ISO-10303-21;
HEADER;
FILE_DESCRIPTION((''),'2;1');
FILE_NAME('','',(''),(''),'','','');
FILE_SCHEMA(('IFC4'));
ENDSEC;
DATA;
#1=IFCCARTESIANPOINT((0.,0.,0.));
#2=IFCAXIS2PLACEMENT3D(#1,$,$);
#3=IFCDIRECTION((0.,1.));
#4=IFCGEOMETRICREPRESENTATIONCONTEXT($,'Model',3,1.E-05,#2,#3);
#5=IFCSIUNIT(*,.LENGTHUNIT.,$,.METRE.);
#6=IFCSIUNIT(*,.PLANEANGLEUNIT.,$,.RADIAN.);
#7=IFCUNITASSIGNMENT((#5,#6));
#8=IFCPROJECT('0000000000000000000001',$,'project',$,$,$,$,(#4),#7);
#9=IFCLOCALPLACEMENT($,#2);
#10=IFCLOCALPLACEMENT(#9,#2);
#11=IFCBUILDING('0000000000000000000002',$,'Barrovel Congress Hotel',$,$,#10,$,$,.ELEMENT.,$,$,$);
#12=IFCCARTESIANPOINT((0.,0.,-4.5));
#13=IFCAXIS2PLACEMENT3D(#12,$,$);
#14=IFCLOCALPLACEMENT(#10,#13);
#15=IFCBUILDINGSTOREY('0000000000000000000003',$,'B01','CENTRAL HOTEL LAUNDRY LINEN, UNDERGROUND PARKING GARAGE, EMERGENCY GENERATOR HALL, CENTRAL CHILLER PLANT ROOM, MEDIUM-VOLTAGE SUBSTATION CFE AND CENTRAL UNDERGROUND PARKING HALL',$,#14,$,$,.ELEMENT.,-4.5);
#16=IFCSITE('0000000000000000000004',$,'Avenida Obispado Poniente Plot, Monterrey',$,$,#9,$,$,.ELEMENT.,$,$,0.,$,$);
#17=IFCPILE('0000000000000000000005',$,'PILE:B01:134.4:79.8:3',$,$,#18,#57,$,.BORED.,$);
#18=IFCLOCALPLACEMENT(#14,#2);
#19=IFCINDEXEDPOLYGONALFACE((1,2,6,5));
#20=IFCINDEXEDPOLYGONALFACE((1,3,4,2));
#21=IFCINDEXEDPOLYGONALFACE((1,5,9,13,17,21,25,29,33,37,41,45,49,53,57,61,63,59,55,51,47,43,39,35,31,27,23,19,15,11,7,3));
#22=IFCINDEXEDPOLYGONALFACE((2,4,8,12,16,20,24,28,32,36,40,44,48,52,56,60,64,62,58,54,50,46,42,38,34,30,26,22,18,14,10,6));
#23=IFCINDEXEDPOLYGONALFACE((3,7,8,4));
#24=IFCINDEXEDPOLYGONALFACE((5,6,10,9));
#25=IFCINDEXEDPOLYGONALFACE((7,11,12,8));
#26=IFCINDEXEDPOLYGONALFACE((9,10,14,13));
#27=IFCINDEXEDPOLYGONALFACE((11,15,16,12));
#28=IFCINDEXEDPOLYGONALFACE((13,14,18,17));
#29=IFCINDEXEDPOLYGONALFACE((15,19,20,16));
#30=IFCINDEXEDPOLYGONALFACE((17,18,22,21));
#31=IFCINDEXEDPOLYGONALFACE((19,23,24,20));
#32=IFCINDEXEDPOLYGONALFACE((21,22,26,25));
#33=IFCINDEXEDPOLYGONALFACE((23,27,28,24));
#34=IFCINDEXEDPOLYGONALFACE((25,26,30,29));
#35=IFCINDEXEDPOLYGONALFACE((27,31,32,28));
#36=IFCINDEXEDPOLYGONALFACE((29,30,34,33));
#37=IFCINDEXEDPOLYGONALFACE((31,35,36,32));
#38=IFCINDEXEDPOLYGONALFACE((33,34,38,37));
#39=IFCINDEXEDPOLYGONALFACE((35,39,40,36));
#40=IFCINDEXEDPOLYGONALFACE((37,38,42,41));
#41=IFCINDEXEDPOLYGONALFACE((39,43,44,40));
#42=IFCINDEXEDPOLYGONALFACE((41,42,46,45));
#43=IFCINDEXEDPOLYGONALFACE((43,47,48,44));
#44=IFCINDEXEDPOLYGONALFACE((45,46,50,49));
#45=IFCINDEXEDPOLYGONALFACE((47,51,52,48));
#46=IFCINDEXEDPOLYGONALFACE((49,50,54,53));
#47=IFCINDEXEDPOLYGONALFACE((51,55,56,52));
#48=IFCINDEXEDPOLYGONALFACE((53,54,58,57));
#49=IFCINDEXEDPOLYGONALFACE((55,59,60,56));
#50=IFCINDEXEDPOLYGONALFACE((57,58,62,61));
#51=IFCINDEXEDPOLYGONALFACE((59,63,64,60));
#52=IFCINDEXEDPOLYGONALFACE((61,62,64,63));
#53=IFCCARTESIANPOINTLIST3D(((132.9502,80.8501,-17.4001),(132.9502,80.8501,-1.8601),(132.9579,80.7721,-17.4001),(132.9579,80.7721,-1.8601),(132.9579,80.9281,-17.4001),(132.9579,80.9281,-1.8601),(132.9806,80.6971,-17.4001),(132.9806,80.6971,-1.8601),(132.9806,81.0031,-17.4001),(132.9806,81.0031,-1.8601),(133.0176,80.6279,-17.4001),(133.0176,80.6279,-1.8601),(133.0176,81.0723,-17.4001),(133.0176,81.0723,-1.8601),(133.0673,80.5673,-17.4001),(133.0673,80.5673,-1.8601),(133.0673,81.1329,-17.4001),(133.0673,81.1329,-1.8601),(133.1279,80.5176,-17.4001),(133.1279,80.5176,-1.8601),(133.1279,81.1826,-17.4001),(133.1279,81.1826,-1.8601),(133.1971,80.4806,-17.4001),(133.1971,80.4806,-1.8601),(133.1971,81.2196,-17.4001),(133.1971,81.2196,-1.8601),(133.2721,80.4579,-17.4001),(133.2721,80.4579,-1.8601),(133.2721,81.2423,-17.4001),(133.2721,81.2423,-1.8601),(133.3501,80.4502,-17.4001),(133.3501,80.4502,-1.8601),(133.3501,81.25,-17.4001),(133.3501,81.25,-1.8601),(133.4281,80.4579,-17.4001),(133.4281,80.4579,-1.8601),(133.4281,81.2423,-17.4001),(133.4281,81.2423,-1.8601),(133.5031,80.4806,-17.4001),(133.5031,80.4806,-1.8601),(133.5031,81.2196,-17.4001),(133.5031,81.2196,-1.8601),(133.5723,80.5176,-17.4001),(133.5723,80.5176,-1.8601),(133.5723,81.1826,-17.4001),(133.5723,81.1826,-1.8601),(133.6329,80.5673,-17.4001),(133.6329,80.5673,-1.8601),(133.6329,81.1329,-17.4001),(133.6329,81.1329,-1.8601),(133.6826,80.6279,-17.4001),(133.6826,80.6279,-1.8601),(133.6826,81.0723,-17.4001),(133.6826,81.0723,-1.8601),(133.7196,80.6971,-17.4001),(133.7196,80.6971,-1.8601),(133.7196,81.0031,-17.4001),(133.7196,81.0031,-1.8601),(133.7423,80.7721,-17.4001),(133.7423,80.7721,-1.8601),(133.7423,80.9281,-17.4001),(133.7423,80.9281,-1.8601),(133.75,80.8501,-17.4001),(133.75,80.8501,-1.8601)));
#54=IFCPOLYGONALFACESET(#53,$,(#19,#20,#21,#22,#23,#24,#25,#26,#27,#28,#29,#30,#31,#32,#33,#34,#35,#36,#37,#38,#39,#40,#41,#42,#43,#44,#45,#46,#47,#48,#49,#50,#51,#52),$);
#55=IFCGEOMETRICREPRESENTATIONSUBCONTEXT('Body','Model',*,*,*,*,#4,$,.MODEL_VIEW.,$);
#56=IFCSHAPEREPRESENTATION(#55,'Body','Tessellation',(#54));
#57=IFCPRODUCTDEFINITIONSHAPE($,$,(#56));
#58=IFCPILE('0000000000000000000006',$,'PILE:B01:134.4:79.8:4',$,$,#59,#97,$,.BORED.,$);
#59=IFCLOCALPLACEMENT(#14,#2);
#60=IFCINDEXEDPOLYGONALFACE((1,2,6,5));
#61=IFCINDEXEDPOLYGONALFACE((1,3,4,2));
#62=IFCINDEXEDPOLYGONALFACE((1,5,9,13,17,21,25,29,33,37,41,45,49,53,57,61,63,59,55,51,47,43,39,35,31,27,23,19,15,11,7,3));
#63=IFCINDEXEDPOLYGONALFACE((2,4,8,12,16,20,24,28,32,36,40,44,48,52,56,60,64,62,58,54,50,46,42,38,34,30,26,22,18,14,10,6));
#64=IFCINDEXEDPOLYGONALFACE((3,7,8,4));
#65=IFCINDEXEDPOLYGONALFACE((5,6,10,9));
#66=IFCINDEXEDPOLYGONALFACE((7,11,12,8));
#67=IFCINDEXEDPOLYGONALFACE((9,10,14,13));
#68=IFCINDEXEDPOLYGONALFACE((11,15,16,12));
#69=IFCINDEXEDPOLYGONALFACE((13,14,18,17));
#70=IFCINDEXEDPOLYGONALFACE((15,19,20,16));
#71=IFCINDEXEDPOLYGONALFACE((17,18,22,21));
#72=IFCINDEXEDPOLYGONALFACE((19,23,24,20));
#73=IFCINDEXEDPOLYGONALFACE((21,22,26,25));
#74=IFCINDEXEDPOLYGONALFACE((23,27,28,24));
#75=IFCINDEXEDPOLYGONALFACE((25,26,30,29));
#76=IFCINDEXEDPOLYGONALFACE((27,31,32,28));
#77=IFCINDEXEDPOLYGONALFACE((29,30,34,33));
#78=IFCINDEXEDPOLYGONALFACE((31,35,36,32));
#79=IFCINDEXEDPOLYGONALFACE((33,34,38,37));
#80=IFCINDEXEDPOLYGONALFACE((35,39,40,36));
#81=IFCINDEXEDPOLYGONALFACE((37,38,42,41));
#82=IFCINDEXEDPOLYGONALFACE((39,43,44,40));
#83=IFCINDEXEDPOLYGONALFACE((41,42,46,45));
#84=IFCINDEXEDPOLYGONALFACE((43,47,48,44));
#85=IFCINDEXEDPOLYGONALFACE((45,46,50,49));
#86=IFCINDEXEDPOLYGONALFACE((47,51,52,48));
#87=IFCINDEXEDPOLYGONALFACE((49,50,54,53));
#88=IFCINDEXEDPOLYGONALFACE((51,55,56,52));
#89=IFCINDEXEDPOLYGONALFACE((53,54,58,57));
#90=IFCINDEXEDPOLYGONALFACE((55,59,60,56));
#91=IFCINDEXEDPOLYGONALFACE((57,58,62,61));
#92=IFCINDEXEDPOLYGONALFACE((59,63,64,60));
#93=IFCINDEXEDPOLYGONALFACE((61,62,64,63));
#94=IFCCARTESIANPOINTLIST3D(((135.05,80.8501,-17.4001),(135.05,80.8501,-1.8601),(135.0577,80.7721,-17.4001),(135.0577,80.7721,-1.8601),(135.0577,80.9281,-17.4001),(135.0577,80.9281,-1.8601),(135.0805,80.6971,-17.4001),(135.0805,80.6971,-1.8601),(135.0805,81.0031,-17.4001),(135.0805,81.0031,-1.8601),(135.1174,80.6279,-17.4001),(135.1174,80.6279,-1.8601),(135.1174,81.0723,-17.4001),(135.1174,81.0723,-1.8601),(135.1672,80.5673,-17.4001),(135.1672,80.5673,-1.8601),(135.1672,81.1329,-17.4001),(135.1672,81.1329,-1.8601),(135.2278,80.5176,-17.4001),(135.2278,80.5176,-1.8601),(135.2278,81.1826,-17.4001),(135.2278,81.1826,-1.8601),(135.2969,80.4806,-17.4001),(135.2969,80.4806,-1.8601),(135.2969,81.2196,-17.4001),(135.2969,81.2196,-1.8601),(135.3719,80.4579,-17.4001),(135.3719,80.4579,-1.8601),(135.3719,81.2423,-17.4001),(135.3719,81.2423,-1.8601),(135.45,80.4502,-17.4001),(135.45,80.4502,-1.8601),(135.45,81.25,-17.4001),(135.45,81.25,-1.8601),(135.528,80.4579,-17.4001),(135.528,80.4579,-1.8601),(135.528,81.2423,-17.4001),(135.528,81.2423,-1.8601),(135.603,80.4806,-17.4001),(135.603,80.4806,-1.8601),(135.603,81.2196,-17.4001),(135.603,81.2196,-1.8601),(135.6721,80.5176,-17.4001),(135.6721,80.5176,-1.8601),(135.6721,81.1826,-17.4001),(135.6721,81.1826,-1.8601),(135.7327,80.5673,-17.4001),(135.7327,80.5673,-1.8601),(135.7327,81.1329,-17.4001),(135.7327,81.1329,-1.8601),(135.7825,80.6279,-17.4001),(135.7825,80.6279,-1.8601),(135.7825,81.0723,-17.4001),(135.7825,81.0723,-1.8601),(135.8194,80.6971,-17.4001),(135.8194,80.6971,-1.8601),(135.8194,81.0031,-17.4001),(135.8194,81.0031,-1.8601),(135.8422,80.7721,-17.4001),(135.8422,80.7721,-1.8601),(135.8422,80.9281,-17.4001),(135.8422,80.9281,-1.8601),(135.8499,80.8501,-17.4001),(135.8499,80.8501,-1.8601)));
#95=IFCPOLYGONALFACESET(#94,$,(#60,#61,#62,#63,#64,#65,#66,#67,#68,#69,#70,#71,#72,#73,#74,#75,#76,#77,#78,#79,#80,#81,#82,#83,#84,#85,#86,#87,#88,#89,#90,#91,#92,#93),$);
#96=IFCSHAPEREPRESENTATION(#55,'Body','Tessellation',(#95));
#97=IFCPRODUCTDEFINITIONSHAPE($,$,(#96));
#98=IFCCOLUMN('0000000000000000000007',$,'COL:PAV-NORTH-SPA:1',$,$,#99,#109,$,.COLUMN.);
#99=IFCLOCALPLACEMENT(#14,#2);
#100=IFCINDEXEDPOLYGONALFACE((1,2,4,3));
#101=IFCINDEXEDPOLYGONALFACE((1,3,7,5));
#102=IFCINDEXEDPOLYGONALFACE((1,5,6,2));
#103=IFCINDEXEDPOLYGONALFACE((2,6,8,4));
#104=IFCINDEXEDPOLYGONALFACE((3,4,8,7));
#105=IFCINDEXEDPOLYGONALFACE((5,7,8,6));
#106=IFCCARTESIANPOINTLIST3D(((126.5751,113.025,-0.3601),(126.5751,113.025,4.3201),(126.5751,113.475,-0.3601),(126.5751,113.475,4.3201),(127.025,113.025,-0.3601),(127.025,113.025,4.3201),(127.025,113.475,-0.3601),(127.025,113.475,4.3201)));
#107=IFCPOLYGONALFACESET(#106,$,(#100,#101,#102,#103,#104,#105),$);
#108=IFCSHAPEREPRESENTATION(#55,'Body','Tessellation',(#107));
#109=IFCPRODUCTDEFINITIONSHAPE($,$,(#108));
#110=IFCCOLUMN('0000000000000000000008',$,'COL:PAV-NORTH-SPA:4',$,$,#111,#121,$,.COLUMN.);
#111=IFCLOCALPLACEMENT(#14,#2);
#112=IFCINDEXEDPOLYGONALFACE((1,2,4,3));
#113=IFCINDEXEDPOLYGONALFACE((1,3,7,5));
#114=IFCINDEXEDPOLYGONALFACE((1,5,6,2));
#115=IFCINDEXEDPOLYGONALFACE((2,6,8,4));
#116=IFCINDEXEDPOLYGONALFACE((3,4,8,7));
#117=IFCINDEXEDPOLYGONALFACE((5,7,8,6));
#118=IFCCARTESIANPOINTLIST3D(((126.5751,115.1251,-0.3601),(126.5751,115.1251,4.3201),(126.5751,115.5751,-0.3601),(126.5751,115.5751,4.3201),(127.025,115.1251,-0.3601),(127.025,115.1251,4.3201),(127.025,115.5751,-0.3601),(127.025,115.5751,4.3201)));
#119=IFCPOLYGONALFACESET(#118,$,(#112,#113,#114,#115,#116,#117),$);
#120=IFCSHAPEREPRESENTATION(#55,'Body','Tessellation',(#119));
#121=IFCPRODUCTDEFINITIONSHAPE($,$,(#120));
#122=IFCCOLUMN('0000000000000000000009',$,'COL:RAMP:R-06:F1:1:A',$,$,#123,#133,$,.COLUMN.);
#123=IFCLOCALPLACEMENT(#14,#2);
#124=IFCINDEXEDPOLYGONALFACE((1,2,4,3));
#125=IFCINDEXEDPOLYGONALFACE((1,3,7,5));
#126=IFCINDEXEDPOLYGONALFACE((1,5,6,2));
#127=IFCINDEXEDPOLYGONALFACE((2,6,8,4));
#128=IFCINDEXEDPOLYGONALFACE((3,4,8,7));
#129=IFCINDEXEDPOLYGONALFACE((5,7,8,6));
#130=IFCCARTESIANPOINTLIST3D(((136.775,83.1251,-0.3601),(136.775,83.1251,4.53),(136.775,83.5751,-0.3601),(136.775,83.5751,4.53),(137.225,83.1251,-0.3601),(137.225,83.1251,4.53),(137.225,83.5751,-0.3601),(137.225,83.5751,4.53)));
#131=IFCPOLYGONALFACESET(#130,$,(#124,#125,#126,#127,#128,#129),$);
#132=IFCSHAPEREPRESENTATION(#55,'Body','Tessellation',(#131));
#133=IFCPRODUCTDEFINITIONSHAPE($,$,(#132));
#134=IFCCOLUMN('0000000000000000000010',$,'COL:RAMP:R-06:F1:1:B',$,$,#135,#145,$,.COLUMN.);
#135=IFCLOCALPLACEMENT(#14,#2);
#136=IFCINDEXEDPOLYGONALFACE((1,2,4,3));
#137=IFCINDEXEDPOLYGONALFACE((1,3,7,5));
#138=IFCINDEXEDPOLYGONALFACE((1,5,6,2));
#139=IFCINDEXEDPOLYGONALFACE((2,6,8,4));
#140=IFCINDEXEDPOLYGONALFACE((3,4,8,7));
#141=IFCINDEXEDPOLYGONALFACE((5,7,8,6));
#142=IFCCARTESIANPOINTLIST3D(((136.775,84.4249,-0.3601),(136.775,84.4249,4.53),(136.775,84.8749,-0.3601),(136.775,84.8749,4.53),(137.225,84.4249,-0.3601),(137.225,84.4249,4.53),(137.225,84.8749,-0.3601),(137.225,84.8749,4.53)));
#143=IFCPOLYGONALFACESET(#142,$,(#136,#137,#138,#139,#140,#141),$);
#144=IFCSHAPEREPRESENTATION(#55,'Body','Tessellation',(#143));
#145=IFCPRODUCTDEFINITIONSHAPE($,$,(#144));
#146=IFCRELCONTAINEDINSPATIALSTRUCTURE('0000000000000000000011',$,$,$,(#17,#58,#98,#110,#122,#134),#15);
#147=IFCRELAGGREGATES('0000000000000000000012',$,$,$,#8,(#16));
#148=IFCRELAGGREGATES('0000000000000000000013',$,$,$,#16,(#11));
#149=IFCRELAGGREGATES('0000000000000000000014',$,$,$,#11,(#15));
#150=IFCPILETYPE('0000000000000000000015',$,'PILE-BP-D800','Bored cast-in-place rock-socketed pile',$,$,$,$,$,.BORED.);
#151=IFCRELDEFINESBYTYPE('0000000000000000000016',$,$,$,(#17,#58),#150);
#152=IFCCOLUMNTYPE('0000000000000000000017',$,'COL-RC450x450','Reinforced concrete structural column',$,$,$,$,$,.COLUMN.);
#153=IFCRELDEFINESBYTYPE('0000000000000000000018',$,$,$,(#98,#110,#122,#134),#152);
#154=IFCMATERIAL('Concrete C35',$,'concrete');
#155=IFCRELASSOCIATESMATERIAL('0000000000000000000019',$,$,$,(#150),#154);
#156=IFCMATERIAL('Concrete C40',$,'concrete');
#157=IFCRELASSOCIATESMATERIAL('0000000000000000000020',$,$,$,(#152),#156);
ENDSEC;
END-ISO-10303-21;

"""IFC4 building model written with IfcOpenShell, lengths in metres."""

from ifc_helpers import new_model, si_unit, direction, frame, origin, origin_2d, place, context, subcontext, project, spatial, rectangle, circle, extrude, material, material_profile, profile_set, type_object, element, save


model = new_model("IFC4")

# Units and contexts
model_context = context("Model", 3, precision=1e-05, world=origin(), true_north=direction((0.0, 1.0)))
body_context = subcontext(model_context, "Body", "Model", "MODEL_VIEW")
ifc_project = project(units=[si_unit("LENGTHUNIT", "METRE"), si_unit("PLANEANGLEUNIT", "RADIAN")], contexts=[model_context])

# Site, building, storey
site_placement = place(None, origin())
site = spatial("IfcSite", under=ifc_project, at=site_placement, Name="Avenida Obispado Poniente Plot, Monterrey", CompositionType="ELEMENT", RefElevation=0.0)
building_placement = place(site_placement, origin())
building = spatial("IfcBuilding", under=site, at=building_placement, Name="Barrovel Congress Hotel", CompositionType="ELEMENT")
storey_placement = place(building_placement, frame((0.0, 0.0, -4.5)))
storey = spatial("IfcBuildingStorey", under=building, at=storey_placement, Name="B01", Description="CENTRAL HOTEL LAUNDRY LINEN, UNDERGROUND PARKING GARAGE, EMERGENCY GENERATOR HALL, CENTRAL CHILLER PLANT ROOM, MEDIUM-VOLTAGE SUBSTATION CFE AND CENTRAL UNDERGROUND PARKING HALL", CompositionType="ELEMENT", Elevation=-4.5)

# Shared definitions
ifc_material_1 = material(Name="Concrete C40", Category="concrete")

# Piles
ifc_material_2 = material(Name="Concrete C35", Category="concrete")
ifc_material_profile_1 = material_profile(ifc_material_2, circle(Radius=0.3999, at=origin_2d()), Name="BP-D800")
ifc_profile_set_1 = profile_set([ifc_material_profile_1], Name="Concrete C35")
pile_type_1 = type_object("IfcPileType", Name="PILE-BP-D800", Description="Bored cast-in-place rock-socketed pile", PredefinedType="BORED", material=ifc_profile_set_1)
for number, where, z_axis, x_axis, name in (
    (1, (133.3501, 80.8501, -1.8601), (0.0, 0.0, -1.0), (1.0, 0.0, 0.0), "PILE:B01:134.4:79.8:3"),
    (2, (135.45, 80.8501, -1.8601), (0.0, 0.0, -1.0), (1.0, 0.0, 0.0), "PILE:B01:134.4:79.8:4"),
):
    element("IfcPile", number, at=place(storey_placement, frame(where, z_axis=z_axis, x_axis=x_axis)), inside=storey, type_object=pile_type_1, Name=name, PredefinedType="BORED", context=body_context, shape_type="SweptSolid", body=[
        extrude(circle(Radius=0.3999, at=origin_2d()), origin(), (0.0, 0.0, 1.0), 15.54),
    ])

# Columns
ifc_material_profile_2 = material_profile(ifc_material_1, rectangle(XDim=0.45, YDim=0.45, at=origin_2d()), Name="RC450x450")
ifc_profile_set_2 = profile_set([ifc_material_profile_2], Name="Concrete C40")
column_type_1 = type_object("IfcColumnType", Name="COL-RC450x450", Description="Reinforced concrete structural column", PredefinedType="COLUMN", material=ifc_profile_set_2)
for number, where, z_axis, x_axis, name in (
    (3, (126.8, 113.25, -0.3601), (0.0, 0.0, 1.0), (1.0, 0.0, 0.0), "COL:PAV-NORTH-SPA:1"),
    (4, (126.8, 115.3501, -0.3601), (0.0, 0.0, 1.0), (1.0, 0.0, 0.0), "COL:PAV-NORTH-SPA:4"),
):
    element("IfcColumn", number, at=place(storey_placement, frame(where, z_axis=z_axis, x_axis=x_axis)), inside=storey, type_object=column_type_1, Name=name, PredefinedType="COLUMN", context=body_context, shape_type="SweptSolid", body=[
        extrude(rectangle(XDim=0.45, YDim=0.45, at=origin_2d()), origin(), (0.0, 0.0, 1.0), 4.6802),
    ])
for number, where, z_axis, x_axis, name in (
    (5, (137.0, 83.3501, -0.3601), (0.0, 0.0, 1.0), (1.0, 0.0, 0.0), "COL:RAMP:R-06:F1:1:A"),
    (6, (137.0, 84.6499, -0.3601), (0.0, 0.0, 1.0), (1.0, 0.0, 0.0), "COL:RAMP:R-06:F1:1:B"),
):
    element("IfcColumn", number, at=place(storey_placement, frame(where, z_axis=z_axis, x_axis=x_axis)), inside=storey, type_object=column_type_1, Name=name, PredefinedType="COLUMN", context=body_context, shape_type="SweptSolid", body=[
        extrude(rectangle(XDim=0.45, YDim=0.45, at=origin_2d()), origin(), (0.0, 0.0, 1.0), 4.8901),
    ])

save(model, "model.ifc")
